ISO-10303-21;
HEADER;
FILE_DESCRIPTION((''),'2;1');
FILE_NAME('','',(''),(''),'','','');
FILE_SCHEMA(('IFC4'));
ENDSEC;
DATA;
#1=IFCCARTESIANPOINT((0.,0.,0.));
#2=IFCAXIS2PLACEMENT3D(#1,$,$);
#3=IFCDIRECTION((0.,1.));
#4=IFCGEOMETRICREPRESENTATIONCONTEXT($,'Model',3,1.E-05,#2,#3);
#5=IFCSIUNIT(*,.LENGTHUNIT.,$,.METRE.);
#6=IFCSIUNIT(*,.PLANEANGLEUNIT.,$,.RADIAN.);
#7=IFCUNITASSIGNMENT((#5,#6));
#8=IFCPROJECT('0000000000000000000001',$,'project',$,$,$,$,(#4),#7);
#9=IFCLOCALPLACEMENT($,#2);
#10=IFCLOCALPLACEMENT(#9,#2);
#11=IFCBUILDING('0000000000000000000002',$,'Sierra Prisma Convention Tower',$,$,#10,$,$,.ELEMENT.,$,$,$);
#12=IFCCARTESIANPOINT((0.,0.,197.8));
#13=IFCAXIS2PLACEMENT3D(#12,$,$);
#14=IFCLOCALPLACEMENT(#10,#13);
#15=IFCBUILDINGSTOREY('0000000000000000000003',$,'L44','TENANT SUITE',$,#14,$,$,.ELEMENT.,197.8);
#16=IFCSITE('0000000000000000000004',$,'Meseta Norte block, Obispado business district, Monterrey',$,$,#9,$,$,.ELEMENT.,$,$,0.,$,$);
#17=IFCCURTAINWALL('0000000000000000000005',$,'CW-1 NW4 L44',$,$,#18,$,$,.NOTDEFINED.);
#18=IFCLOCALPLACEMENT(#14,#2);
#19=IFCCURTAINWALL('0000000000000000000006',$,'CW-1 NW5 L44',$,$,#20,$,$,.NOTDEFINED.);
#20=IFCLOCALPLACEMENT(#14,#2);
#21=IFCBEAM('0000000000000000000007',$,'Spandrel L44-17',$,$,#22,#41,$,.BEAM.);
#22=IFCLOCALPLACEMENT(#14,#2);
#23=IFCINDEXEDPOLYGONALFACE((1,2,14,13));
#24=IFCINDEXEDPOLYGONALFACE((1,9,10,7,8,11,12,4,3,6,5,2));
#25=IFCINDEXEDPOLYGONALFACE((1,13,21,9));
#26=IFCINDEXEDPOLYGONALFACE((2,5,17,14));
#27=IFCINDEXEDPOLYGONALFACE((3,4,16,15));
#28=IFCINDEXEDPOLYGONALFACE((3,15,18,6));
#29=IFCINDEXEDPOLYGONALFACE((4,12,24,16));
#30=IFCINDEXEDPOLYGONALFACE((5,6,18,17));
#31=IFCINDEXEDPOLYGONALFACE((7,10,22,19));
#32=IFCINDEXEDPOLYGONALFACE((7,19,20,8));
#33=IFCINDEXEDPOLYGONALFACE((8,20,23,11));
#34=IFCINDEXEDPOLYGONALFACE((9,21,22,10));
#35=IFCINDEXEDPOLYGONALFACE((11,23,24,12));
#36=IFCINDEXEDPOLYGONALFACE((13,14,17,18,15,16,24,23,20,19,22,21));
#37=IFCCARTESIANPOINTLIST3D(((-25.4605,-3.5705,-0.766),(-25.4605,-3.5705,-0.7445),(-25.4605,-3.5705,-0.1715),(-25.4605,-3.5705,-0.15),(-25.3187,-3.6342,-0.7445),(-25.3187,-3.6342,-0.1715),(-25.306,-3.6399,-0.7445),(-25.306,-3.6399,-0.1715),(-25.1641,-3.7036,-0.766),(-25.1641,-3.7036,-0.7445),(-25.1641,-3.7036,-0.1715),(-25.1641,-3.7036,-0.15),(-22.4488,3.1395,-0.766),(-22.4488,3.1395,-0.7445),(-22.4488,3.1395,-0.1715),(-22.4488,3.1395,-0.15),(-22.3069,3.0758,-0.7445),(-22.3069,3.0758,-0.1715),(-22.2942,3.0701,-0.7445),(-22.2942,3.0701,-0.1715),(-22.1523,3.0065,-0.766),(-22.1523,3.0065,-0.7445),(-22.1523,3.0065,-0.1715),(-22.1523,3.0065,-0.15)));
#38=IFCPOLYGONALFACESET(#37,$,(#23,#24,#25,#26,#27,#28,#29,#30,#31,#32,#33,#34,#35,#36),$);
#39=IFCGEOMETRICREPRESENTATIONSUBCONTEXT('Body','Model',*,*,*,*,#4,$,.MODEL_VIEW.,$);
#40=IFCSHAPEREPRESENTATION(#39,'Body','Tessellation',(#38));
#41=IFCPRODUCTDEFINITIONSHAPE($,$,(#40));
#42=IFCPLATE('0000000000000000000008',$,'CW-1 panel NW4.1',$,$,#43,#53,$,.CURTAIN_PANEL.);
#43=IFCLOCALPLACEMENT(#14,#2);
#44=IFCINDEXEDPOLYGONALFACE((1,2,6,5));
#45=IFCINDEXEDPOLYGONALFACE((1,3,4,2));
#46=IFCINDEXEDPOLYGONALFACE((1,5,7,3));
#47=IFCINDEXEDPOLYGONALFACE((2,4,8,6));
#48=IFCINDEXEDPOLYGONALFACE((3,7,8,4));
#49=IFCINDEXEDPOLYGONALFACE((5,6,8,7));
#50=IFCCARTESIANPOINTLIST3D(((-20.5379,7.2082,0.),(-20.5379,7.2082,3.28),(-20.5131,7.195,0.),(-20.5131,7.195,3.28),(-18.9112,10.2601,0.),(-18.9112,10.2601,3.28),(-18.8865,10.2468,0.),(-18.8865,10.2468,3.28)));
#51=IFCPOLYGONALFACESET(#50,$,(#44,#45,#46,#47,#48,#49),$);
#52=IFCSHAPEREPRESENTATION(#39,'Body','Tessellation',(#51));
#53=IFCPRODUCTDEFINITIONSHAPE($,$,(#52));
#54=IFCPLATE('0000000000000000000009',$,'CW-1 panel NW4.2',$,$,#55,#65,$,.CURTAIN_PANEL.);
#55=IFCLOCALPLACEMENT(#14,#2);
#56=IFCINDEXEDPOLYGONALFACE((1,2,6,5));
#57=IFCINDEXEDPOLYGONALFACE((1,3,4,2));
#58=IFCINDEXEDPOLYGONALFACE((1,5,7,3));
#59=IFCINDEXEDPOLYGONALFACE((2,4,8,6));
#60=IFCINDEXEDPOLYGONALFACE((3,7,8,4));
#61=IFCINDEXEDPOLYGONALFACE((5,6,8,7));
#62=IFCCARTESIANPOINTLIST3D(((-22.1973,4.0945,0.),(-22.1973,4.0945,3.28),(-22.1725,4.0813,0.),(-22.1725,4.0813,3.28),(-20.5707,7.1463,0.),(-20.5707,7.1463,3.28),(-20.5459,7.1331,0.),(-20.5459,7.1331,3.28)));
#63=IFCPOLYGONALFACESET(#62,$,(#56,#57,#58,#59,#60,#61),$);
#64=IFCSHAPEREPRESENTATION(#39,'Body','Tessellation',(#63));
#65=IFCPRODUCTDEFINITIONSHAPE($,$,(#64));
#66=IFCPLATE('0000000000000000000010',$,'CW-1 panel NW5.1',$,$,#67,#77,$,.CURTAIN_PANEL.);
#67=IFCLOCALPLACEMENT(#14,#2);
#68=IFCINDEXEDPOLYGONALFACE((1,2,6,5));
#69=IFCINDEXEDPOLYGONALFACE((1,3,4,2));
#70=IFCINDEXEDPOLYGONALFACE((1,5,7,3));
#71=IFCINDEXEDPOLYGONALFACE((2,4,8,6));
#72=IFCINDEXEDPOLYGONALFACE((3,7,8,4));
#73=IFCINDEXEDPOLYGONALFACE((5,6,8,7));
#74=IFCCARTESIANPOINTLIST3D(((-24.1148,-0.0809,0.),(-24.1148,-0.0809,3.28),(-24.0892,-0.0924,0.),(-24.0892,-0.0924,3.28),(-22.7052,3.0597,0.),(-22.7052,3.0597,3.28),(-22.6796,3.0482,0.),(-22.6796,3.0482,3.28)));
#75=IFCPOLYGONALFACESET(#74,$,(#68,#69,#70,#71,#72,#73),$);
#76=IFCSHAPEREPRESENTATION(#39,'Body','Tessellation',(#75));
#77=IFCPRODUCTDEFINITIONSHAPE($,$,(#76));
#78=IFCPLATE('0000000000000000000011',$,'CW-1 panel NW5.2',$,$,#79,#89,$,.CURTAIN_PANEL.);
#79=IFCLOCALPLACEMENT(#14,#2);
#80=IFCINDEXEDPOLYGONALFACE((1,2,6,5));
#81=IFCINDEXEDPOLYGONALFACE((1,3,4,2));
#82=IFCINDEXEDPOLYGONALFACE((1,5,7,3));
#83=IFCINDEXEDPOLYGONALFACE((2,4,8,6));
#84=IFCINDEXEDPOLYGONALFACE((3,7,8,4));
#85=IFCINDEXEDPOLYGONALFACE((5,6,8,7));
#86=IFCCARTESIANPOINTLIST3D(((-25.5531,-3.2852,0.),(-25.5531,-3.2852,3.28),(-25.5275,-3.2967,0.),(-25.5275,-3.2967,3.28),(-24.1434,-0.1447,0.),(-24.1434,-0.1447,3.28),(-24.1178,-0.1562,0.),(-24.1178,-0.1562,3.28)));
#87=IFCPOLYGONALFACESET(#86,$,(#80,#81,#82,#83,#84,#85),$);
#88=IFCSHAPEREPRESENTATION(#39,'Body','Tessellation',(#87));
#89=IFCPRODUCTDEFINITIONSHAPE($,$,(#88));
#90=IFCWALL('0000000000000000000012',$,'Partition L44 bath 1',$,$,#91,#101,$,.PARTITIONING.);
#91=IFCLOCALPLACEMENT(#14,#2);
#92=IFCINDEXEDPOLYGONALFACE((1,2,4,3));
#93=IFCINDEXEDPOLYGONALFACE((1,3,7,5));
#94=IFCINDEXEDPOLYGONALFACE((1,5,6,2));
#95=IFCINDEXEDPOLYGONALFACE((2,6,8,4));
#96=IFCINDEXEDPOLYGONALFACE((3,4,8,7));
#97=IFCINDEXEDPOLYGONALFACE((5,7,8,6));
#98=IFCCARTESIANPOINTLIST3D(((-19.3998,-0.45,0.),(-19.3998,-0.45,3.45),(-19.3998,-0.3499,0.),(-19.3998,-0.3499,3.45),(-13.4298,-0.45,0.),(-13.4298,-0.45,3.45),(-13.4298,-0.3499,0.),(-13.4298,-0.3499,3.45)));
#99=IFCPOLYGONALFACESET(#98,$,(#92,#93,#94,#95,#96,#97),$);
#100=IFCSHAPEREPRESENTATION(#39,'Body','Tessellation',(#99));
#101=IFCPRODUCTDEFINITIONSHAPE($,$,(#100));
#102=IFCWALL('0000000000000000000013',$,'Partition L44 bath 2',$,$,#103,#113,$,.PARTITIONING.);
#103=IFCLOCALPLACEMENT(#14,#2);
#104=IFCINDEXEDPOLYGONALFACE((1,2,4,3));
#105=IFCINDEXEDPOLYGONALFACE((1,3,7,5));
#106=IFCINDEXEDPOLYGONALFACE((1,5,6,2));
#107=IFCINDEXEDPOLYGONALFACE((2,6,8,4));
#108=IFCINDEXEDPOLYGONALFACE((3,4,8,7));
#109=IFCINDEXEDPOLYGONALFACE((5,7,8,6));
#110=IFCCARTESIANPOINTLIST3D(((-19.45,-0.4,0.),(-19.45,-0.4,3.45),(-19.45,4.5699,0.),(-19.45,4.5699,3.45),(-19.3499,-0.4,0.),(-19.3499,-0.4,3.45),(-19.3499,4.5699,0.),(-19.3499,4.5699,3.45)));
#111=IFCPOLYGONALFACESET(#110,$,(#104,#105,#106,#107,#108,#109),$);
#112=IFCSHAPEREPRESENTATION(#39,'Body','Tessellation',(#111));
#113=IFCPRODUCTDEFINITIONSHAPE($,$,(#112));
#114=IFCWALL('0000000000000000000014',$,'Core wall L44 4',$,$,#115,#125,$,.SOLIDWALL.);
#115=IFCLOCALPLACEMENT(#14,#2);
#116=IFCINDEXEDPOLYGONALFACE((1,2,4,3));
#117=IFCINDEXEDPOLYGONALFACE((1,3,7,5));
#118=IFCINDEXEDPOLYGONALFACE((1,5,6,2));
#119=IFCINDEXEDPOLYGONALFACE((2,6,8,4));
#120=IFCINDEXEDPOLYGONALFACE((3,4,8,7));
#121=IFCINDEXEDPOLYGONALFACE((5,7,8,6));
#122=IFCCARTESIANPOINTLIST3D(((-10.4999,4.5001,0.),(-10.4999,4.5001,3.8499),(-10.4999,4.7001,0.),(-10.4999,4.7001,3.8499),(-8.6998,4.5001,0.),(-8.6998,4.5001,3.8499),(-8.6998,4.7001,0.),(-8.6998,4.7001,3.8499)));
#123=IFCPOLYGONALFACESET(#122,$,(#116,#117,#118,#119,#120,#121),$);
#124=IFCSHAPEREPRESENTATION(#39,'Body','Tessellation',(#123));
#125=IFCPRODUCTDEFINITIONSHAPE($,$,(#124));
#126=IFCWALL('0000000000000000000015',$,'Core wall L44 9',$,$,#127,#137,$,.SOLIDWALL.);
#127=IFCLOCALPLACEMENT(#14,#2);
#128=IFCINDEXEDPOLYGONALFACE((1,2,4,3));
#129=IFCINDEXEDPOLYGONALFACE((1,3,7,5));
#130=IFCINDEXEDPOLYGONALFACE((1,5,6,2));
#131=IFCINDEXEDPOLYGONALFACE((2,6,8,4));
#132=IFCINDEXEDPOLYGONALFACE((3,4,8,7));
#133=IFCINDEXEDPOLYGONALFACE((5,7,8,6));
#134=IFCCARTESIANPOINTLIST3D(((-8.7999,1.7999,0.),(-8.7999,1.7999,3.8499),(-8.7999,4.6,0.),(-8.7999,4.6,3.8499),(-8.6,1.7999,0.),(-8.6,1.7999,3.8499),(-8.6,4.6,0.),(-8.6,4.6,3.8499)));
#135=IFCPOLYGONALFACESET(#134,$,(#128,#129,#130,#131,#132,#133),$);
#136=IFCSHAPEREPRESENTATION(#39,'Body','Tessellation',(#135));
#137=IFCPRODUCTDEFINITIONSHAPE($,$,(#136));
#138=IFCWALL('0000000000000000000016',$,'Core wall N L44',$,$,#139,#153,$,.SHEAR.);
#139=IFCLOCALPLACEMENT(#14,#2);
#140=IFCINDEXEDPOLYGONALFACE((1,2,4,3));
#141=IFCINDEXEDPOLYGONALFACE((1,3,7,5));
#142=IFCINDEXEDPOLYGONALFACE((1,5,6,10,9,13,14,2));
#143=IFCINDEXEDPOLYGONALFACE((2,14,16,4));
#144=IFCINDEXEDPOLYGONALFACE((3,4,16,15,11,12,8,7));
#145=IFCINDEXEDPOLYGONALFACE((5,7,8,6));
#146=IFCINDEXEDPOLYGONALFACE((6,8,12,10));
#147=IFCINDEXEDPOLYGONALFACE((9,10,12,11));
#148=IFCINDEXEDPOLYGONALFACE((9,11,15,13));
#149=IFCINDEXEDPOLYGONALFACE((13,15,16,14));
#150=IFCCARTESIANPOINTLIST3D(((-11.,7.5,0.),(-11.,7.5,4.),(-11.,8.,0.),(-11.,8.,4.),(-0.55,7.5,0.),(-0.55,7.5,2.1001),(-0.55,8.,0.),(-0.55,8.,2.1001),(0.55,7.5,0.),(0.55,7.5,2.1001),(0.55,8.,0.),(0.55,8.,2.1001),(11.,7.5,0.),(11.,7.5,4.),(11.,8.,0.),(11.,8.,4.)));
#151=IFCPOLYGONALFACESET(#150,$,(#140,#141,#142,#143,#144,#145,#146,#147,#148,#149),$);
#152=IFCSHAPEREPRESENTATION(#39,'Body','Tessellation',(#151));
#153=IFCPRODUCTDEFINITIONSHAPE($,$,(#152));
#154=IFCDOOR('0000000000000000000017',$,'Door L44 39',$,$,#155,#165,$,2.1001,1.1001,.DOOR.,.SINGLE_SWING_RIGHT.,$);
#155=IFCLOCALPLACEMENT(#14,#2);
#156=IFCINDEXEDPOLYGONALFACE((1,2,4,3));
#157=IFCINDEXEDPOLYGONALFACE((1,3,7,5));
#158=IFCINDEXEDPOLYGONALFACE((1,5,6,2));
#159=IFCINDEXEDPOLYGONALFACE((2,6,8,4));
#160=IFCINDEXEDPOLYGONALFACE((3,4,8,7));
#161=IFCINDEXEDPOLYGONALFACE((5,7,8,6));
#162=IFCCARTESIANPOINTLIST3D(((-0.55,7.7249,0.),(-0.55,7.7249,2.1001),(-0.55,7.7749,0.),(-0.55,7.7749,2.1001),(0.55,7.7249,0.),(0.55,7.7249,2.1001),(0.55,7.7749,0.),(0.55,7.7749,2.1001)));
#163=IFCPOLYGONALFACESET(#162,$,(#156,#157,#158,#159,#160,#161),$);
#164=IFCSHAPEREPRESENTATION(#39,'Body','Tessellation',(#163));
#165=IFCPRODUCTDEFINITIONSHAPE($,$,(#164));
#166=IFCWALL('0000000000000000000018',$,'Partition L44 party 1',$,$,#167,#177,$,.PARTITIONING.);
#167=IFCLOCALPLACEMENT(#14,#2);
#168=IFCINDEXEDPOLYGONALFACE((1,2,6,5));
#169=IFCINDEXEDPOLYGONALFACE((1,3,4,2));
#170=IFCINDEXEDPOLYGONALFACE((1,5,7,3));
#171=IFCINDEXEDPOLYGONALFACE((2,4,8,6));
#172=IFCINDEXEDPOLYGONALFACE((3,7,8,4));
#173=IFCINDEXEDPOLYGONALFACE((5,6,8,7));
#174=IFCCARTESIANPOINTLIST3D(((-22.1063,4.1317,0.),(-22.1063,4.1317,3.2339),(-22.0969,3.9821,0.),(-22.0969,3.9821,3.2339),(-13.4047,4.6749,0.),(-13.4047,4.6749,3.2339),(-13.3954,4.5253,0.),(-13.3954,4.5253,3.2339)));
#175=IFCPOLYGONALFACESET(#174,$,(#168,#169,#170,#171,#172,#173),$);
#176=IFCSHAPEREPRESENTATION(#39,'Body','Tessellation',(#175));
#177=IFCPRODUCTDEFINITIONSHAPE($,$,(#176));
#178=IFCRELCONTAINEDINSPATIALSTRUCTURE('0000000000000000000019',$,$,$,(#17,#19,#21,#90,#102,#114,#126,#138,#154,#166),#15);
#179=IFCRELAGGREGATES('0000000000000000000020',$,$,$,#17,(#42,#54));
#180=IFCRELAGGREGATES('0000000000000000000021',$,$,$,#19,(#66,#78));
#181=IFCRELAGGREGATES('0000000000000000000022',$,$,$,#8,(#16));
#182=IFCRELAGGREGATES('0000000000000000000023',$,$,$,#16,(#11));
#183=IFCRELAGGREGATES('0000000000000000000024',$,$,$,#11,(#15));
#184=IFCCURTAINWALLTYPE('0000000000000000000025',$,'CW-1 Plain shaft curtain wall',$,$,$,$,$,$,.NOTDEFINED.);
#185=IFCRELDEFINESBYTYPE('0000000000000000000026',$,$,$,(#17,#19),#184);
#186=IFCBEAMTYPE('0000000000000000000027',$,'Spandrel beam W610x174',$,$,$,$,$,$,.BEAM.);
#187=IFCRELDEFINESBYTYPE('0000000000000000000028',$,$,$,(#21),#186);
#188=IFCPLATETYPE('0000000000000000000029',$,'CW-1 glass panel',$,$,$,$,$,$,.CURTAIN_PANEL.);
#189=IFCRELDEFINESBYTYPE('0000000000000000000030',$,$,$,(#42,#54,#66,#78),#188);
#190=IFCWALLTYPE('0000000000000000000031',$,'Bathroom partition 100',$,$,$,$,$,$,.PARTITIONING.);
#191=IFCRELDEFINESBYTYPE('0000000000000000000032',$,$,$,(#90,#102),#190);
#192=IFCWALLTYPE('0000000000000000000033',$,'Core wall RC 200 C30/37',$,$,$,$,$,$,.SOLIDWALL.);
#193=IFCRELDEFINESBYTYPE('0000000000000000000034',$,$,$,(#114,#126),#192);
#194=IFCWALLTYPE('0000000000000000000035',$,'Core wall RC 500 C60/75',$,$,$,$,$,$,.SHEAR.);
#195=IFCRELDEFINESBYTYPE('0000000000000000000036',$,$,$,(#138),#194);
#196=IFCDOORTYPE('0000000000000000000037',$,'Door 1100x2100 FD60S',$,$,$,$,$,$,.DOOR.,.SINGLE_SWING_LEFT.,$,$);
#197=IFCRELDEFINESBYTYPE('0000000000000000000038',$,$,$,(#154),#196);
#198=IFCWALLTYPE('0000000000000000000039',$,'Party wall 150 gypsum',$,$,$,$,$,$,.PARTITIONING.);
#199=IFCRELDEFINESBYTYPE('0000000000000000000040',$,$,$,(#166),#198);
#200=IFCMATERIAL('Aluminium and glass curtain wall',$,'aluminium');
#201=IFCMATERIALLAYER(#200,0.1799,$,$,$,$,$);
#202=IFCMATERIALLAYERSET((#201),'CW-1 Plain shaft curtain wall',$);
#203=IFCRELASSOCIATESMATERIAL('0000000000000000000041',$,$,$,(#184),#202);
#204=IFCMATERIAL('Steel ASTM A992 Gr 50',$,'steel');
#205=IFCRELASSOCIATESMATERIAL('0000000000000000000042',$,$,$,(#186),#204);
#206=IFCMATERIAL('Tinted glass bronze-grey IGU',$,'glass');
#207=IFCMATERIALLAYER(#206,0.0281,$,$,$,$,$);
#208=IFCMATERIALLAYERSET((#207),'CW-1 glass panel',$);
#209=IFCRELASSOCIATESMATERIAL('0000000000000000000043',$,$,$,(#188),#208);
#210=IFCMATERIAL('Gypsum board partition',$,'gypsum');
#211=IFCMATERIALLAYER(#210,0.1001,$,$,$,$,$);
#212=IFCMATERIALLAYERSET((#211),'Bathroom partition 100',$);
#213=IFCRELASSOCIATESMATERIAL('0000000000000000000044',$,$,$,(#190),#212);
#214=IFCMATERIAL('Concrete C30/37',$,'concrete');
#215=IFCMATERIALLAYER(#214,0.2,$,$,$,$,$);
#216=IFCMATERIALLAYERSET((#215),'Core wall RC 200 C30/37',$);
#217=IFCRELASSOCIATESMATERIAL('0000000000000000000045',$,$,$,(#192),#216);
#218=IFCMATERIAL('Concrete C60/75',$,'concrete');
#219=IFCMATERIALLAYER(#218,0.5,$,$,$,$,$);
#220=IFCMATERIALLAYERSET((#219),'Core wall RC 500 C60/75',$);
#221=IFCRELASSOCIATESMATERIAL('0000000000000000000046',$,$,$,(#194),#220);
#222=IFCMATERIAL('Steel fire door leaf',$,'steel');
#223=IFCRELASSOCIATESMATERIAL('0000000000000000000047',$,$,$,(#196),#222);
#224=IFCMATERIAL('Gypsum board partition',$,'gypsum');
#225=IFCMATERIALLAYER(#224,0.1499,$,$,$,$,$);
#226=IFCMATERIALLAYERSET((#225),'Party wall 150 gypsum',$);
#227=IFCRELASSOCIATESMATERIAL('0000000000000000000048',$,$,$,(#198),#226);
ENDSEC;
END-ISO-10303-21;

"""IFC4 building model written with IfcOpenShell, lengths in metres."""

from ifc_helpers import new_model, si_unit, direction, frame, frame_2d, origin, origin_2d, place, context, subcontext, project, spatial, rectangle, i_section, extrude, material, layer, layer_set, material_profile, profile_set, type_object, element, fill, aggregate, save


model = new_model("IFC4")

# Units and contexts
model_context = context("Model", 3, precision=1e-05, world=origin(), true_north=direction((0.0, 1.0)))
body_context = subcontext(model_context, "Body", "Model", "MODEL_VIEW")
ifc_project = project(units=[si_unit("LENGTHUNIT", "METRE"), si_unit("PLANEANGLEUNIT", "RADIAN")], contexts=[model_context])

# Site, building, storey
site_placement = place(None, origin())
site = spatial("IfcSite", under=ifc_project, at=site_placement, Name="Meseta Norte block, Obispado business district, Monterrey", CompositionType="ELEMENT", RefElevation=0.0)
building_placement = place(site_placement, origin())
building = spatial("IfcBuilding", under=site, at=building_placement, Name="Sierra Prisma Convention Tower", CompositionType="ELEMENT")
storey_placement = place(building_placement, frame((0.0, 0.0, 197.8)))
storey = spatial("IfcBuildingStorey", under=building, at=storey_placement, Name="L44", Description="TENANT SUITE", CompositionType="ELEMENT", Elevation=197.8)

# Curtain wall
ifc_material_1 = material(Name="Aluminium and glass curtain wall", Category="aluminium")
ifc_layer_1 = layer(ifc_material_1, 0.1799)
ifc_layer_set_1 = layer_set([ifc_layer_1], Name="CW-1 Plain shaft curtain wall")
curtain_wall_type = type_object("IfcCurtainWallType", Name="CW-1 Plain shaft curtain wall", PredefinedType="NOTDEFINED", material=ifc_layer_set_1)
curtain_wall_1_placement = place(storey_placement, origin())
curtain_wall_1 = element("IfcCurtainWall", 1, at=curtain_wall_1_placement, inside=storey, type_object=curtain_wall_type, Name="CW-1 NW4 L44", PredefinedType="NOTDEFINED")

# Curtain wall
curtain_wall_2_placement = place(storey_placement, origin())
curtain_wall_2 = element("IfcCurtainWall", 2, at=curtain_wall_2_placement, inside=storey, type_object=curtain_wall_type, Name="CW-1 NW5 L44", PredefinedType="NOTDEFINED")

# Beam
ifc_material_2 = material(Name="Steel ASTM A992 Gr 50", Category="steel")
ifc_material_profile_1 = material_profile(ifc_material_2, i_section(OverallWidth=0.325, OverallDepth=0.616, WebThickness=0.0139, FlangeThickness=0.0215, at=origin_2d()), Name="W610x174")
ifc_profile_set_1 = profile_set([ifc_material_profile_1], Name="Steel ASTM A992 Gr 50")
beam_type_1 = type_object("IfcBeamType", Name="Spandrel beam W610x174", PredefinedType="BEAM", material=ifc_profile_set_1)
beam_1_placement = place(storey_placement, frame((-22.3005, 3.073, -0.458), z_axis=(-0.409487, -0.912316, 0.0), x_axis=(0.912316, -0.409487, 0.0)))
element("IfcBeam", 3, at=beam_1_placement, inside=storey, type_object=beam_type_1, Name="Spandrel L44-17", PredefinedType="BEAM", context=body_context, shape_type="SweptSolid", body=[
    extrude(i_section(OverallWidth=0.325, OverallDepth=0.616, WebThickness=0.0139, FlangeThickness=0.0215, at=origin_2d()), origin(), (0.0, 0.0, 1.0), 7.355),
])

# Plates
ifc_material_3 = material(Name="Tinted glass bronze-grey IGU", Category="glass")
ifc_layer_2 = layer(ifc_material_3, 0.0281)
ifc_layer_set_2 = layer_set([ifc_layer_2], Name="CW-1 glass panel")
plate_type = type_object("IfcPlateType", Name="CW-1 glass panel", PredefinedType="CURTAIN_PANEL", material=ifc_layer_set_2)
plate_1_placement = place(storey_placement, frame((-19.7122, 8.7275, 0.0), z_axis=(0.0, 0.0, 1.0), x_axis=(-0.470361, -0.882474, 0.0)))
plate_1 = element("IfcPlate", 4, at=plate_1_placement, type_object=plate_type, Name="CW-1 panel NW4.1", PredefinedType="CURTAIN_PANEL", context=body_context, shape_type="SweptSolid", body=[
    extrude(rectangle(XDim=3.4583, YDim=0.0281, at=origin_2d()), origin(), (0.0, 0.0, 1.0), 3.28),
])
plate_2_placement = place(storey_placement, frame((-21.3716, 5.6138, 0.0), z_axis=(0.0, 0.0, 1.0), x_axis=(-0.470361, -0.882474, 0.0)))
plate_2 = element("IfcPlate", 5, at=plate_2_placement, type_object=plate_type, Name="CW-1 panel NW4.2", PredefinedType="CURTAIN_PANEL", context=body_context, shape_type="SweptSolid", body=[
    extrude(rectangle(XDim=3.4583, YDim=0.0281, at=origin_2d()), origin(), (0.0, 0.0, 1.0), 3.28),
])
aggregate(curtain_wall_1, [plate_1, plate_2])
plate_3_placement = place(storey_placement, frame((-23.3972, 1.4836, 0.0), z_axis=(0.0, 0.0, 1.0), x_axis=(-0.409495, -0.912312, 0.0)))
plate_3 = element("IfcPlate", 6, at=plate_3_placement, type_object=plate_type, Name="CW-1 panel NW5.1", PredefinedType="CURTAIN_PANEL", context=body_context, shape_type="SweptSolid", body=[
    extrude(rectangle(XDim=3.4424, YDim=0.0281, at=origin_2d()), origin(), (0.0, 0.0, 1.0), 3.28),
])
plate_4_placement = place(storey_placement, frame((-24.8354, -1.7207, 0.0), z_axis=(0.0, 0.0, 1.0), x_axis=(-0.409495, -0.912312, 0.0)))
plate_4 = element("IfcPlate", 7, at=plate_4_placement, type_object=plate_type, Name="CW-1 panel NW5.2", PredefinedType="CURTAIN_PANEL", context=body_context, shape_type="SweptSolid", body=[
    extrude(rectangle(XDim=3.4424, YDim=0.0281, at=origin_2d()), origin(), (0.0, 0.0, 1.0), 3.28),
])
aggregate(curtain_wall_2, [plate_3, plate_4])

# Walls
ifc_material_4 = material(Name="Gypsum board partition", Category="gypsum")
ifc_layer_3 = layer(ifc_material_4, 0.1001)
ifc_layer_set_3 = layer_set([ifc_layer_3], Name="Bathroom partition 100")
wall_type_1 = type_object("IfcWallType", Name="Bathroom partition 100", PredefinedType="PARTITIONING", material=ifc_layer_set_3)
wall_1_placement = place(storey_placement, frame((-13.4299, -0.3999, 0.0), z_axis=(0.0, 0.0, 1.0), x_axis=(-1.0, 0.0, 0.0)))
element("IfcWall", 8, at=wall_1_placement, inside=storey, type_object=wall_type_1, Name="Partition L44 bath 1", PredefinedType="PARTITIONING", context=body_context, shape_type="SweptSolid", body=[
    extrude(rectangle(XDim=5.97, YDim=0.1001, at=frame_2d((2.9849, 0.0))), origin(), (0.0, 0.0, 1.0), 3.45),
])
wall_2_placement = place(storey_placement, frame((-19.3999, -0.3999, 0.0), z_axis=(0.0, 0.0, 1.0), x_axis=(0.0, 1.0, 0.0)))
element("IfcWall", 9, at=wall_2_placement, inside=storey, type_object=wall_type_1, Name="Partition L44 bath 2", PredefinedType="PARTITIONING", context=body_context, shape_type="SweptSolid", body=[
    extrude(rectangle(XDim=4.97, YDim=0.1001, at=frame_2d((2.4849, 0.0))), origin(), (0.0, 0.0, 1.0), 3.45),
])

# Shared definitions
ifc_material_5 = material(Name="Concrete C30/37", Category="concrete")
ifc_layer_4 = layer(ifc_material_5, 0.2)
ifc_layer_set_4 = layer_set([ifc_layer_4], Name="Core wall RC 200 C30/37")
wall_type_2 = type_object("IfcWallType", Name="Core wall RC 200 C30/37", PredefinedType="SOLIDWALL", material=ifc_layer_set_4)

# Walls
wall_3_placement = place(storey_placement, frame((-8.7, 4.6001, 0.0), z_axis=(0.0, 0.0, 1.0), x_axis=(-1.0, 0.0, 0.0)))
element("IfcWall", 10, at=wall_3_placement, inside=storey, type_object=wall_type_2, Name="Core wall L44 4", PredefinedType="SOLIDWALL", context=body_context, shape_type="SweptSolid", body=[
    extrude(rectangle(XDim=1.8, YDim=0.2, at=frame_2d((0.8999, 0.0))), origin(), (0.0, 0.0, 1.0), 3.8499),
])
wall_4_placement = place(storey_placement, frame((-8.7, 1.8, 0.0), z_axis=(0.0, 0.0, 1.0), x_axis=(0.0, 1.0, 0.0)))
element("IfcWall", 11, at=wall_4_placement, inside=storey, type_object=wall_type_2, Name="Core wall L44 9", PredefinedType="SOLIDWALL", context=body_context, shape_type="SweptSolid", body=[
    extrude(rectangle(XDim=2.8, YDim=0.2, at=frame_2d((1.3999, 0.0))), origin(), (0.0, 0.0, 1.0), 3.8499),
])

# Wall, opening, door
ifc_material_6 = material(Name="Concrete C60/75", Category="concrete")
ifc_layer_5 = layer(ifc_material_6, 0.5)
ifc_layer_set_5 = layer_set([ifc_layer_5], Name="Core wall RC 500 C60/75")
wall_type_3 = type_object("IfcWallType", Name="Core wall RC 500 C60/75", PredefinedType="SHEAR", material=ifc_layer_set_5)
wall_5_placement = place(storey_placement, frame((-11.0, 7.75, 0.0), z_axis=(0.0, 0.0, 1.0), x_axis=(1.0, 0.0, 0.0)))
wall_5 = element("IfcWall", 12, at=wall_5_placement, inside=storey, type_object=wall_type_3, Name="Core wall N L44", PredefinedType="SHEAR", context=body_context, shape_type="SweptSolid", body=[
    extrude(rectangle(XDim=22.0, YDim=0.5, at=frame_2d((11.0, 0.0))), origin(), (0.0, 0.0, 1.0), 4.0),
])
opening_1_placement = place(wall_5_placement, frame((10.45, 0.0, 0.0)))
opening_1 = element("IfcOpeningElement", 13, at=opening_1_placement, cuts=wall_5, PredefinedType="OPENING", context=body_context, shape_type="SweptSolid", body=[
    extrude(rectangle(XDim=1.1001, YDim=2.1001, at=frame_2d((0.55, 1.05))), frame((0.0, 0.25, 0.0), z_axis=(0.0, -1.0, 0.0), x_axis=(1.0, 0.0, 0.0)), (0.0, 0.0, 1.0), 0.5),
])
ifc_material_7 = material(Name="Steel fire door leaf", Category="steel")
door_type_1 = type_object("IfcDoorType", Name="Door 1100x2100 FD60S", OperationType="SINGLE_SWING_LEFT", PredefinedType="DOOR", material=ifc_material_7)
door_1_placement = place(opening_1_placement, origin())
door_1 = element("IfcDoor", 14, at=door_1_placement, inside=storey, type_object=door_type_1, Name="Door L44 39", OperationType="SINGLE_SWING_RIGHT", OverallHeight=2.1001, OverallWidth=1.1001, PredefinedType="DOOR", context=body_context, shape_type="SweptSolid", body=[
    extrude(rectangle(XDim=1.1001, YDim=2.1001, at=frame_2d((0.55, 1.05))), frame((0.0, 0.0249, 0.0), z_axis=(0.0, -1.0, 0.0), x_axis=(1.0, 0.0, 0.0)), (0.0, 0.0, 1.0), 0.05),
])
fill(opening_1, door_1)

# Wall
ifc_material_8 = material(Name="Gypsum board partition", Category="gypsum")
ifc_layer_6 = layer(ifc_material_8, 0.1499)
ifc_layer_set_6 = layer_set([ifc_layer_6], Name="Party wall 150 gypsum")
wall_type_4 = type_object("IfcWallType", Name="Party wall 150 gypsum", PredefinedType="PARTITIONING", material=ifc_layer_set_6)
wall_6_placement = place(storey_placement, frame((-13.3999, 4.6001, 0.0), z_axis=(0.0, 0.0, 1.0), x_axis=(-0.998057, -0.062305, 0.0)))
element("IfcWall", 15, at=wall_6_placement, inside=storey, type_object=wall_type_4, Name="Partition L44 party 1", PredefinedType="PARTITIONING", context=body_context, shape_type="SweptSolid", body=[
    extrude(rectangle(XDim=8.7185, YDim=0.1499, at=frame_2d((4.3594, 0.0))), origin(), (0.0, 0.0, 1.0), 3.2339),
])

save(model, "model.ifc")
